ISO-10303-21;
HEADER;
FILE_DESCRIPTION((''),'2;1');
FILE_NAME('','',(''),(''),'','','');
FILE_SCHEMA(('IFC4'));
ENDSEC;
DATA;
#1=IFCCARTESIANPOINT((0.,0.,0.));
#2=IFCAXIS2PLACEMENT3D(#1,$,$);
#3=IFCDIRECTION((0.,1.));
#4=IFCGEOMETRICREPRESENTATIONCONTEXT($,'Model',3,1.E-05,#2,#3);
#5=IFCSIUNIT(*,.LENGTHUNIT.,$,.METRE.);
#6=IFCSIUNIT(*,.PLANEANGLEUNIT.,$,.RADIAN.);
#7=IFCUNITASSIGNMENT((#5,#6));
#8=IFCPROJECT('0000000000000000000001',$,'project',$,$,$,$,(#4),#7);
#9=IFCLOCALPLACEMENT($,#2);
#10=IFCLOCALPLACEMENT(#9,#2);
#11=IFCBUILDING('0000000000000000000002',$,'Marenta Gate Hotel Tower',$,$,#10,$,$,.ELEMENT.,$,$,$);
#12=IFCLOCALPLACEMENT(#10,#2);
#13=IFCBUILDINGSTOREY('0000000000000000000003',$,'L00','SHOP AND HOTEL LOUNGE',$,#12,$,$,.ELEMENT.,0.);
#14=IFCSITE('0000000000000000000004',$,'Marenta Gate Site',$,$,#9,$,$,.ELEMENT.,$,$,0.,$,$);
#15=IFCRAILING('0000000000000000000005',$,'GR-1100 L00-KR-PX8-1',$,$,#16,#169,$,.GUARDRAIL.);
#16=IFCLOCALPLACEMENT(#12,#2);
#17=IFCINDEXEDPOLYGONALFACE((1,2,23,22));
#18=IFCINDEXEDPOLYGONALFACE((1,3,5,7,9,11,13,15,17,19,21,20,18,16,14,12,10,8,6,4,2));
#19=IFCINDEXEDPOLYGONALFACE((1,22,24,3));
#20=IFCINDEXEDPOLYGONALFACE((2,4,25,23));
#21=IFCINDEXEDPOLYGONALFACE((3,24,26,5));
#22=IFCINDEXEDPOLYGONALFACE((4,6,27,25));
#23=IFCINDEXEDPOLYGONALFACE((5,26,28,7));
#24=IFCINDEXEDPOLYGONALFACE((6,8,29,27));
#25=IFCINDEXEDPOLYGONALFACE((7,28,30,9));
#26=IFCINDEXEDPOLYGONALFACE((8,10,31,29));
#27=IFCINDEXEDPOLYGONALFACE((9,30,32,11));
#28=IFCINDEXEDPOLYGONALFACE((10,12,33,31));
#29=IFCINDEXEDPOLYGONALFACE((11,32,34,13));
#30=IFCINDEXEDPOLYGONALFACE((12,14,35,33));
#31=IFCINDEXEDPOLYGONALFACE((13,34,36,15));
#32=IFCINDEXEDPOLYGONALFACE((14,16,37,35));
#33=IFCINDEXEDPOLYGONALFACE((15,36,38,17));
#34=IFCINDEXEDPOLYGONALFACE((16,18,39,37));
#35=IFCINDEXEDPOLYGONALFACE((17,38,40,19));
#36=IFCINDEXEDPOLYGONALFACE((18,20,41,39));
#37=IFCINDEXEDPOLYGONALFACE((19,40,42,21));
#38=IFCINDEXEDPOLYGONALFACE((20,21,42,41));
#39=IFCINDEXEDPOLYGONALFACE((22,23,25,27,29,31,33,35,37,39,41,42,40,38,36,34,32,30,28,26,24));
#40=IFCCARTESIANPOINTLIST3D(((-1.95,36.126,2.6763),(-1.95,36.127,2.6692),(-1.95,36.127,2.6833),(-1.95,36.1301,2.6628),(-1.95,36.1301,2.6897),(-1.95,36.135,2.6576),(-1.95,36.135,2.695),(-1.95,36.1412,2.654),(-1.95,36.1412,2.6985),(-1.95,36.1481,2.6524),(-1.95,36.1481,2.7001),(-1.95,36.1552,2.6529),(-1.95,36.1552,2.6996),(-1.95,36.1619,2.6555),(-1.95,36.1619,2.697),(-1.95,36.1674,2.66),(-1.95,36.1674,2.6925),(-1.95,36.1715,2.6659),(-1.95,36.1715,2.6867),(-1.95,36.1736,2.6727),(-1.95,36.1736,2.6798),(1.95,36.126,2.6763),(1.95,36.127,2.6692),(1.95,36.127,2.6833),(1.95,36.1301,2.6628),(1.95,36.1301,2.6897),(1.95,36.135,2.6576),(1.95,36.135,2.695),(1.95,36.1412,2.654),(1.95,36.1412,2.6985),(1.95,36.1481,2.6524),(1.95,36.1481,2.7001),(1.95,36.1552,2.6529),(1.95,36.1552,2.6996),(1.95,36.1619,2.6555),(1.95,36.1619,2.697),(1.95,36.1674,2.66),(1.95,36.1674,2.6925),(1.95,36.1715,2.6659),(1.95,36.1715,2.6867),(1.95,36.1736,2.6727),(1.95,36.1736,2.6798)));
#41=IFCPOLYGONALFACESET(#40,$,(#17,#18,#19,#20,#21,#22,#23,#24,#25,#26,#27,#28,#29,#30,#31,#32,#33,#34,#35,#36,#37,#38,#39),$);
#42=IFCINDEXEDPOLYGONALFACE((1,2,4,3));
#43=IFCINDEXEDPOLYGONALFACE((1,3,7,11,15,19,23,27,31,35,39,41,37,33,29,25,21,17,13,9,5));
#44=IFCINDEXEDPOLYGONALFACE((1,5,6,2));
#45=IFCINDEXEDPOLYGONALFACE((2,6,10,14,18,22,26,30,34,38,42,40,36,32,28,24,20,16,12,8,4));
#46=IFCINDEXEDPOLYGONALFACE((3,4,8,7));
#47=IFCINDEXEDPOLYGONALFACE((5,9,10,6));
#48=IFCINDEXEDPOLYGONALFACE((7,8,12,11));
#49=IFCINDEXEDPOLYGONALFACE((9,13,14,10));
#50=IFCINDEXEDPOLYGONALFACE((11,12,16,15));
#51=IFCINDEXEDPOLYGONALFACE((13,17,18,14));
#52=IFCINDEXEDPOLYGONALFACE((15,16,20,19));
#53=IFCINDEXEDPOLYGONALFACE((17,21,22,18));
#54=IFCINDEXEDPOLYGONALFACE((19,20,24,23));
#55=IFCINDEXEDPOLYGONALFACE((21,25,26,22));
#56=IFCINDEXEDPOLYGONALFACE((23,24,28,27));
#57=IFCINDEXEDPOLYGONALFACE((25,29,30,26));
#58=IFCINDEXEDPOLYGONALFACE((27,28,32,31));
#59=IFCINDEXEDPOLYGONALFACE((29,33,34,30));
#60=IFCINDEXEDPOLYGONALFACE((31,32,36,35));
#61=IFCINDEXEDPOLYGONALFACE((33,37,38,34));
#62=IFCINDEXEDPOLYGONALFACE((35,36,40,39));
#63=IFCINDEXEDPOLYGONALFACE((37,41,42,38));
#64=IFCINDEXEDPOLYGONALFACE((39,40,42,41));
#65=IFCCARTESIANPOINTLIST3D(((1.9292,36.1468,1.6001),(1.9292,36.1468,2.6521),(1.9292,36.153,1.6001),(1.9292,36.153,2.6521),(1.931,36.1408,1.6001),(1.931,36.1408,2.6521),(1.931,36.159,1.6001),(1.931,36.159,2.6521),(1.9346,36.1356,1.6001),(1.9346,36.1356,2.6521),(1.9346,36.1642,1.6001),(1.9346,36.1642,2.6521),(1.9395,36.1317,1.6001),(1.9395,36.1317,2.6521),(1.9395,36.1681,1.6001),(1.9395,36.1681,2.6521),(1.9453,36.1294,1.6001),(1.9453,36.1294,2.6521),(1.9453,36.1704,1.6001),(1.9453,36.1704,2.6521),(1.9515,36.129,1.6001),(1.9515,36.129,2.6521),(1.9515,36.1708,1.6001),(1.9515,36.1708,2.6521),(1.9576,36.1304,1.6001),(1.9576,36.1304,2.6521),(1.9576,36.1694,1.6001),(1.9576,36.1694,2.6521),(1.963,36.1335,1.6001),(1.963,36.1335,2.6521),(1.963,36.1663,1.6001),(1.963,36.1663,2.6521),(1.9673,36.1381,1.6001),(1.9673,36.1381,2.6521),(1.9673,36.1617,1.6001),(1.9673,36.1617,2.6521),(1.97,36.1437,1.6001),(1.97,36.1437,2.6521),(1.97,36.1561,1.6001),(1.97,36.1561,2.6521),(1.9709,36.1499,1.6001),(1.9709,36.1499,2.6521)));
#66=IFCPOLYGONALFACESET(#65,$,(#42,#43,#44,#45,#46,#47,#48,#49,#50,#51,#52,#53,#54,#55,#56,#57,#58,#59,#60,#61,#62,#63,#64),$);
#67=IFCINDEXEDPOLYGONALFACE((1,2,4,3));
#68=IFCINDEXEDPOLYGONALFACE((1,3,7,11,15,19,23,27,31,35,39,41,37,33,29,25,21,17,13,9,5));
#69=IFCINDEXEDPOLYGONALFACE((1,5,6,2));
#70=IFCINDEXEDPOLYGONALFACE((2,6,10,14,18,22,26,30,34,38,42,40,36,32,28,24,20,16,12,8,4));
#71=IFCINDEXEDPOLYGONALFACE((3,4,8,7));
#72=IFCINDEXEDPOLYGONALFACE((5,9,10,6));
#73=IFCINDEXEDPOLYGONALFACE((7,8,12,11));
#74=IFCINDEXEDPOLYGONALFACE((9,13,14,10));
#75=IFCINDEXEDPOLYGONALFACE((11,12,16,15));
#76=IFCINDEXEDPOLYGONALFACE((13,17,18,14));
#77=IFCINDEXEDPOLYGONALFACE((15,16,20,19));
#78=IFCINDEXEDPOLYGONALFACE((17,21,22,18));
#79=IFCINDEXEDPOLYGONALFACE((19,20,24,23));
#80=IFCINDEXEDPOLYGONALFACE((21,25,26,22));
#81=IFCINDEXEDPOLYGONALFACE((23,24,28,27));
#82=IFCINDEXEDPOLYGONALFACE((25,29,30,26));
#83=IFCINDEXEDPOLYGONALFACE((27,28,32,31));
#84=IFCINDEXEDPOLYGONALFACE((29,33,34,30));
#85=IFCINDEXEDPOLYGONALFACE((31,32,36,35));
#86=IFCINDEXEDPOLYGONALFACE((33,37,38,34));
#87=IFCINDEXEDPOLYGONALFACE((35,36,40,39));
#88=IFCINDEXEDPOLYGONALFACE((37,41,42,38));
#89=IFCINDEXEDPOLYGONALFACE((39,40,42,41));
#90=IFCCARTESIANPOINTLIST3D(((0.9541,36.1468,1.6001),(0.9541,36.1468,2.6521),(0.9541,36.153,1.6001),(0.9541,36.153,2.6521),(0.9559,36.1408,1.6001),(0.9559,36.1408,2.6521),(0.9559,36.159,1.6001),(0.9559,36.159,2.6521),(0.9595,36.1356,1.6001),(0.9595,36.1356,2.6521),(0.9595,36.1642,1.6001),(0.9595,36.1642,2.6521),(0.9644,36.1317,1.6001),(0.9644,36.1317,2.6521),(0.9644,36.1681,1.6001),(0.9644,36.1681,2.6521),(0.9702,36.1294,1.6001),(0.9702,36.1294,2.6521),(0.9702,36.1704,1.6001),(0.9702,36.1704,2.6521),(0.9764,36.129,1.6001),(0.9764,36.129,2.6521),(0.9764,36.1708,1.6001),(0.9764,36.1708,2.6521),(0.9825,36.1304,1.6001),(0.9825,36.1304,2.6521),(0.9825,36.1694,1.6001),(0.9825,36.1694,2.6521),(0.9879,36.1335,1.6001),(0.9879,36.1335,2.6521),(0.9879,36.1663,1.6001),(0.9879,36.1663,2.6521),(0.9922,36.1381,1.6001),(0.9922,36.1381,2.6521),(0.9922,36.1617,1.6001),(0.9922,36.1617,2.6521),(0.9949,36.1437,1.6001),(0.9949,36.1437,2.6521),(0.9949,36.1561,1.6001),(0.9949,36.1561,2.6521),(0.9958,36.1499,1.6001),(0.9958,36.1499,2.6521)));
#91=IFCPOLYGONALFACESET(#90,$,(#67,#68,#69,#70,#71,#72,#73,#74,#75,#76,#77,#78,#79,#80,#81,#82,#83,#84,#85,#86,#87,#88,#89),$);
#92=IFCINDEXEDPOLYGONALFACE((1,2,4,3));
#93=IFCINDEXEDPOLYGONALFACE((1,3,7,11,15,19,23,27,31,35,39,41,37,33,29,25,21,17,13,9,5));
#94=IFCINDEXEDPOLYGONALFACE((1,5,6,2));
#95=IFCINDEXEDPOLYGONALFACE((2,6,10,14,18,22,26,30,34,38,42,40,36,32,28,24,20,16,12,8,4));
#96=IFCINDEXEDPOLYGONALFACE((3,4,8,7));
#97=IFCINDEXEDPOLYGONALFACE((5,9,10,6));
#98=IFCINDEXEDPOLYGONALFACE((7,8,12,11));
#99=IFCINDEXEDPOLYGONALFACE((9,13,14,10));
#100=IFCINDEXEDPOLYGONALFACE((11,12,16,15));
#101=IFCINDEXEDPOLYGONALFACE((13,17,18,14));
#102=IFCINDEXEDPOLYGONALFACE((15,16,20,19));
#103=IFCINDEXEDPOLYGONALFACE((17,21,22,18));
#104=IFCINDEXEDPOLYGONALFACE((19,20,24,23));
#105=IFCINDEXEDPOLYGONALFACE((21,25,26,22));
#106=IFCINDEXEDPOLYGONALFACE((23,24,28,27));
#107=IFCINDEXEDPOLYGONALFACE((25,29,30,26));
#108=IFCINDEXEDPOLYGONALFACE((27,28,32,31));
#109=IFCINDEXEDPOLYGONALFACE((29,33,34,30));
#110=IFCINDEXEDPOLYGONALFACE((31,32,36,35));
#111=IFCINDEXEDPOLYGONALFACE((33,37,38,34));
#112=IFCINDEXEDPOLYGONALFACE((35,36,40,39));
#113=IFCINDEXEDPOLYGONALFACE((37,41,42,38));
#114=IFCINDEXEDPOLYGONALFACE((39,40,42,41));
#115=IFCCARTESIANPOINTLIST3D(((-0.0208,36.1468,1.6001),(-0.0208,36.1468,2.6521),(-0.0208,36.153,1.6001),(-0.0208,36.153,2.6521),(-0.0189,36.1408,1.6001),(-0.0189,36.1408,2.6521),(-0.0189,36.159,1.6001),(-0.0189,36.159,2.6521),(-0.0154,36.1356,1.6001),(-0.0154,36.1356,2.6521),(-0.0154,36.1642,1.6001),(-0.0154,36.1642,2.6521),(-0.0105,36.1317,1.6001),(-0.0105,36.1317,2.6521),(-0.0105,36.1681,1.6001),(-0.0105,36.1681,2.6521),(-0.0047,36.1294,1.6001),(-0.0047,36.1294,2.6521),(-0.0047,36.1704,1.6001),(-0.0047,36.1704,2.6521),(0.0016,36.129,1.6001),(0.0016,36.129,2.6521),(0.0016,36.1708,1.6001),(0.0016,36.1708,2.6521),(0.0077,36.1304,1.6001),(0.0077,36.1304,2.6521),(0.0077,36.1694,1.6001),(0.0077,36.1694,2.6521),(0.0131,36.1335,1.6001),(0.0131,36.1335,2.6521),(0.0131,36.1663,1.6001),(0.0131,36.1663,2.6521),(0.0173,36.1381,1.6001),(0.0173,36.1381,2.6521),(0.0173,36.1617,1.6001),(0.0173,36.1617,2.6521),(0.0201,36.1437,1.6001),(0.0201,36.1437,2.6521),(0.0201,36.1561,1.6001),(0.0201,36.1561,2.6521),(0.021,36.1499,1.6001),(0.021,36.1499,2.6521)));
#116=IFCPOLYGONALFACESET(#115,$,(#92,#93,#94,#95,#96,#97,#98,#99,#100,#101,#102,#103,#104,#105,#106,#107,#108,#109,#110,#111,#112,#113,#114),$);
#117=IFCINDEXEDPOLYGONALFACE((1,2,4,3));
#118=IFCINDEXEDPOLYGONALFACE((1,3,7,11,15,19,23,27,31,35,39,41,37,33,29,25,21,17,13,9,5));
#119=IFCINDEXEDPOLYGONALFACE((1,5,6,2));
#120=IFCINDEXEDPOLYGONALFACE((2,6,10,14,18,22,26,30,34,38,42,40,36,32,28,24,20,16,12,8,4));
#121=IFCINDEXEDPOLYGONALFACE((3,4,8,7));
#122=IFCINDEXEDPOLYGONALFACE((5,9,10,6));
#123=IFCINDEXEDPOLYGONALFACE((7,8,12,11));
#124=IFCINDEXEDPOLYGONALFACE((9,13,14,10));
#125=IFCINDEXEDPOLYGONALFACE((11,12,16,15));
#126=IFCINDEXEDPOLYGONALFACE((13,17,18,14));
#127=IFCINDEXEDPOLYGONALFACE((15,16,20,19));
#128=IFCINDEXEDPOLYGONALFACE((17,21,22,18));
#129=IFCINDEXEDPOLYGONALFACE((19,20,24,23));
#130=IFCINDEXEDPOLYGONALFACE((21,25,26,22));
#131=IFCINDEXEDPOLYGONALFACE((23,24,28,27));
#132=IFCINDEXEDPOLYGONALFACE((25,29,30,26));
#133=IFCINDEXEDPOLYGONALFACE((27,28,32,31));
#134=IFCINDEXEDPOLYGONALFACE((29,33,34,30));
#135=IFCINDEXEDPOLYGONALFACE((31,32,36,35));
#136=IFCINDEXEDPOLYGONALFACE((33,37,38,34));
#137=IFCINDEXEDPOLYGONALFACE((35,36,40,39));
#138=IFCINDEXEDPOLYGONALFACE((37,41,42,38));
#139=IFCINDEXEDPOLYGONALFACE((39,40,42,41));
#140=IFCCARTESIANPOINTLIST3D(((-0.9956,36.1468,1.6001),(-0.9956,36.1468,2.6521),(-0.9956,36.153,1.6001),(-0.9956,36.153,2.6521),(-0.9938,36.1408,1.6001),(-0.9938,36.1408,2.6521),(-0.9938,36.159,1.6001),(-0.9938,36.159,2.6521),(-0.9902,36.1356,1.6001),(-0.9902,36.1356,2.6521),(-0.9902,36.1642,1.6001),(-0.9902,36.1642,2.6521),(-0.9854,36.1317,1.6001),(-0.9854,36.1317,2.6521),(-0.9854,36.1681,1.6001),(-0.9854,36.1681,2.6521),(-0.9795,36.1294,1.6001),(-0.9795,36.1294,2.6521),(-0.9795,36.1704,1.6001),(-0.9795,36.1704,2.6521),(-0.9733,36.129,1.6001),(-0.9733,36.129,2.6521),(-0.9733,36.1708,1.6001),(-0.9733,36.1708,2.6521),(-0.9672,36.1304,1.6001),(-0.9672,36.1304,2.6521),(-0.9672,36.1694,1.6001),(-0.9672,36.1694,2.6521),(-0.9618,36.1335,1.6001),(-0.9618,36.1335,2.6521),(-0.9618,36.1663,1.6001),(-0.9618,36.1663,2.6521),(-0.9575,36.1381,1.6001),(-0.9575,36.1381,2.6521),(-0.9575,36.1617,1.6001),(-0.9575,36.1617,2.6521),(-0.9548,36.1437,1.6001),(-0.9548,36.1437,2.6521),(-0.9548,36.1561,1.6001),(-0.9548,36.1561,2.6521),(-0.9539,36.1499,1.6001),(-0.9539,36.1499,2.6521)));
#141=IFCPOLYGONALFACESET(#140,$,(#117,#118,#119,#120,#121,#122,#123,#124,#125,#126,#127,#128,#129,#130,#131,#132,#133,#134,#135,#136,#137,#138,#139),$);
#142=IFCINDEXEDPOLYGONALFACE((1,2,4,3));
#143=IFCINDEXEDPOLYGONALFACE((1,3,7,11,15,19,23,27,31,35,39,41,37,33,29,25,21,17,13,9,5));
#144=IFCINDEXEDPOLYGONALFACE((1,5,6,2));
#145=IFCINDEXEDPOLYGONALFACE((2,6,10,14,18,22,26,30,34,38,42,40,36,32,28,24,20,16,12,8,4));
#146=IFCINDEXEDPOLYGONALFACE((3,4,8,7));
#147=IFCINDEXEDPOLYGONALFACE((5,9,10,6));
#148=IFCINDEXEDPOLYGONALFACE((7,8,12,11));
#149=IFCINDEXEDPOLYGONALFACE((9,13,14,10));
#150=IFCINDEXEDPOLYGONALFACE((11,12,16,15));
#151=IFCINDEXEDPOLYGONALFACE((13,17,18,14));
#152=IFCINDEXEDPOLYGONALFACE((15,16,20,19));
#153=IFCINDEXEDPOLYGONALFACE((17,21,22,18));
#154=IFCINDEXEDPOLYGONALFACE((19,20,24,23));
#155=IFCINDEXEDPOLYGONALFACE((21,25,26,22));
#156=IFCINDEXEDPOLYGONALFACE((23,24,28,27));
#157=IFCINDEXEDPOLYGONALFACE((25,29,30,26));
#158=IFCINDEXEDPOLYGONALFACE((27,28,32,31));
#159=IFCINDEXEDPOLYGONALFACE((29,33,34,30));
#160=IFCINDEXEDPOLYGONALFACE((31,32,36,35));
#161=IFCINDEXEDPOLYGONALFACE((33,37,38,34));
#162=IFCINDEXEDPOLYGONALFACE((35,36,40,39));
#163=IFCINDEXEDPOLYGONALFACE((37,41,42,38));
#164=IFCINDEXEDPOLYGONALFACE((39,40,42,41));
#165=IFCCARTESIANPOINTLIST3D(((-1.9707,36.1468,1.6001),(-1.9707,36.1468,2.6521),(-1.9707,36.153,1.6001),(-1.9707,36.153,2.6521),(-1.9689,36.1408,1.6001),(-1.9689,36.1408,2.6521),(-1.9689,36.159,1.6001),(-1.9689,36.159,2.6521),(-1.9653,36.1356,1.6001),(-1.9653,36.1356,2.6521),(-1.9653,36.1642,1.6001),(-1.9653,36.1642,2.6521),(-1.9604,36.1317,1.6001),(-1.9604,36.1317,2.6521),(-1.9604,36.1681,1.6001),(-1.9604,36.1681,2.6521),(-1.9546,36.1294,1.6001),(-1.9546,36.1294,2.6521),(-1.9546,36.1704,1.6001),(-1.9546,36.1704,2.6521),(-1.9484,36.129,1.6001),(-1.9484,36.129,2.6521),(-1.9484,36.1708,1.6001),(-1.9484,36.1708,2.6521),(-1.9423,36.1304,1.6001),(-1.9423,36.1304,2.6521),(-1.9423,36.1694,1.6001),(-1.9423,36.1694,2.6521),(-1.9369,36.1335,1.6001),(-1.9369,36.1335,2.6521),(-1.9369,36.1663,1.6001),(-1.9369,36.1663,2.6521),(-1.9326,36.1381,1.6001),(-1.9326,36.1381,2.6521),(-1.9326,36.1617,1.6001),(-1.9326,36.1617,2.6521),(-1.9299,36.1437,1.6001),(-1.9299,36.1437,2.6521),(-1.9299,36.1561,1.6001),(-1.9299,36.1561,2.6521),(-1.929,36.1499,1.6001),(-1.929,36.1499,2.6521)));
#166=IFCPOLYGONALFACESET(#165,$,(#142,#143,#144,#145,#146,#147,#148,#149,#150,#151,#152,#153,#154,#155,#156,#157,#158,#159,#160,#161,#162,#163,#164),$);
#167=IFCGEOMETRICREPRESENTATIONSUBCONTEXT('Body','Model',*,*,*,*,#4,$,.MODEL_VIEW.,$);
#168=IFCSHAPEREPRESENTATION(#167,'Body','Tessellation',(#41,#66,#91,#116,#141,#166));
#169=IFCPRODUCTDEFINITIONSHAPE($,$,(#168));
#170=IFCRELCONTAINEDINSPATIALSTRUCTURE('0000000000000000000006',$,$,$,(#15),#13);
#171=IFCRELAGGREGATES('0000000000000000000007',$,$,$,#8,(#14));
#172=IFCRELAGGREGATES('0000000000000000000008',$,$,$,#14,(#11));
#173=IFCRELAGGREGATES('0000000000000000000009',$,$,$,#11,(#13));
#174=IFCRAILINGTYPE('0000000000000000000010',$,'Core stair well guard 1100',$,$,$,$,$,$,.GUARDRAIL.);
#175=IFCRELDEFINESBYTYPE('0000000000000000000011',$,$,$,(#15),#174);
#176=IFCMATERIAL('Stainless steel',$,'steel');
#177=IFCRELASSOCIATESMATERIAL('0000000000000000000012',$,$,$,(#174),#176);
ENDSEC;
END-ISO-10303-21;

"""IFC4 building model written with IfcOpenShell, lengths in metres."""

from ifc_helpers import new_model, si_unit, direction, frame, origin, origin_2d, place, context, subcontext, project, spatial, circle, extrude, material, type_object, element, save


model = new_model("IFC4")

# Units and contexts
model_context = context("Model", 3, precision=1e-05, world=origin(), true_north=direction((0.0, 1.0)))
body_context = subcontext(model_context, "Body", "Model", "MODEL_VIEW")
ifc_project = project(units=[si_unit("LENGTHUNIT", "METRE"), si_unit("PLANEANGLEUNIT", "RADIAN")], contexts=[model_context])

# Site, building, storey
site_placement = place(None, origin())
site = spatial("IfcSite", under=ifc_project, at=site_placement, Name="Marenta Gate Site", CompositionType="ELEMENT", RefElevation=0.0)
building_placement = place(site_placement, origin())
building = spatial("IfcBuilding", under=site, at=building_placement, Name="Marenta Gate Hotel Tower", CompositionType="ELEMENT")
storey_placement = place(building_placement, origin())
storey = spatial("IfcBuildingStorey", under=building, at=storey_placement, Name="L00", Description="SHOP AND HOTEL LOUNGE", CompositionType="ELEMENT", Elevation=0.0)

# Railing
ifc_material_1 = material(Name="Stainless steel", Category="steel")
railing_type = type_object("IfcRailingType", Name="Core stair well guard 1100", PredefinedType="GUARDRAIL", material=ifc_material_1)
railing_placement = place(storey_placement, frame((1.95, 36.1499, 1.6001)))
element("IfcRailing", 1, at=railing_placement, inside=storey, type_object=railing_type, Name="GR-1100 L00-KR-PX8-1", PredefinedType="GUARDRAIL", context=body_context, shape_type="SweptSolid", body=[
    extrude(circle(Radius=0.0239, at=origin_2d()), frame((0.0, 0.0, 1.0762), z_axis=(-1.0, 0.0, 0.0), x_axis=(0.0, -1.0, 0.0)), (0.0, 0.0, 1.0), 3.8999),
    extrude(circle(Radius=0.021, at=origin_2d()), origin(), (0.0, 0.0, 1.0), 1.052),
    extrude(circle(Radius=0.021, at=origin_2d()), frame((-0.9751, 0.0, 0.0)), (0.0, 0.0, 1.0), 1.052),
    extrude(circle(Radius=0.021, at=origin_2d()), frame((-1.95, 0.0, 0.0)), (0.0, 0.0, 1.0), 1.052),
    extrude(circle(Radius=0.021, at=origin_2d()), frame((-2.9248, 0.0, 0.0)), (0.0, 0.0, 1.0), 1.052),
    extrude(circle(Radius=0.021, at=origin_2d()), frame((-3.8999, 0.0, 0.0)), (0.0, 0.0, 1.0), 1.052),
])

save(model, "model.ifc")
